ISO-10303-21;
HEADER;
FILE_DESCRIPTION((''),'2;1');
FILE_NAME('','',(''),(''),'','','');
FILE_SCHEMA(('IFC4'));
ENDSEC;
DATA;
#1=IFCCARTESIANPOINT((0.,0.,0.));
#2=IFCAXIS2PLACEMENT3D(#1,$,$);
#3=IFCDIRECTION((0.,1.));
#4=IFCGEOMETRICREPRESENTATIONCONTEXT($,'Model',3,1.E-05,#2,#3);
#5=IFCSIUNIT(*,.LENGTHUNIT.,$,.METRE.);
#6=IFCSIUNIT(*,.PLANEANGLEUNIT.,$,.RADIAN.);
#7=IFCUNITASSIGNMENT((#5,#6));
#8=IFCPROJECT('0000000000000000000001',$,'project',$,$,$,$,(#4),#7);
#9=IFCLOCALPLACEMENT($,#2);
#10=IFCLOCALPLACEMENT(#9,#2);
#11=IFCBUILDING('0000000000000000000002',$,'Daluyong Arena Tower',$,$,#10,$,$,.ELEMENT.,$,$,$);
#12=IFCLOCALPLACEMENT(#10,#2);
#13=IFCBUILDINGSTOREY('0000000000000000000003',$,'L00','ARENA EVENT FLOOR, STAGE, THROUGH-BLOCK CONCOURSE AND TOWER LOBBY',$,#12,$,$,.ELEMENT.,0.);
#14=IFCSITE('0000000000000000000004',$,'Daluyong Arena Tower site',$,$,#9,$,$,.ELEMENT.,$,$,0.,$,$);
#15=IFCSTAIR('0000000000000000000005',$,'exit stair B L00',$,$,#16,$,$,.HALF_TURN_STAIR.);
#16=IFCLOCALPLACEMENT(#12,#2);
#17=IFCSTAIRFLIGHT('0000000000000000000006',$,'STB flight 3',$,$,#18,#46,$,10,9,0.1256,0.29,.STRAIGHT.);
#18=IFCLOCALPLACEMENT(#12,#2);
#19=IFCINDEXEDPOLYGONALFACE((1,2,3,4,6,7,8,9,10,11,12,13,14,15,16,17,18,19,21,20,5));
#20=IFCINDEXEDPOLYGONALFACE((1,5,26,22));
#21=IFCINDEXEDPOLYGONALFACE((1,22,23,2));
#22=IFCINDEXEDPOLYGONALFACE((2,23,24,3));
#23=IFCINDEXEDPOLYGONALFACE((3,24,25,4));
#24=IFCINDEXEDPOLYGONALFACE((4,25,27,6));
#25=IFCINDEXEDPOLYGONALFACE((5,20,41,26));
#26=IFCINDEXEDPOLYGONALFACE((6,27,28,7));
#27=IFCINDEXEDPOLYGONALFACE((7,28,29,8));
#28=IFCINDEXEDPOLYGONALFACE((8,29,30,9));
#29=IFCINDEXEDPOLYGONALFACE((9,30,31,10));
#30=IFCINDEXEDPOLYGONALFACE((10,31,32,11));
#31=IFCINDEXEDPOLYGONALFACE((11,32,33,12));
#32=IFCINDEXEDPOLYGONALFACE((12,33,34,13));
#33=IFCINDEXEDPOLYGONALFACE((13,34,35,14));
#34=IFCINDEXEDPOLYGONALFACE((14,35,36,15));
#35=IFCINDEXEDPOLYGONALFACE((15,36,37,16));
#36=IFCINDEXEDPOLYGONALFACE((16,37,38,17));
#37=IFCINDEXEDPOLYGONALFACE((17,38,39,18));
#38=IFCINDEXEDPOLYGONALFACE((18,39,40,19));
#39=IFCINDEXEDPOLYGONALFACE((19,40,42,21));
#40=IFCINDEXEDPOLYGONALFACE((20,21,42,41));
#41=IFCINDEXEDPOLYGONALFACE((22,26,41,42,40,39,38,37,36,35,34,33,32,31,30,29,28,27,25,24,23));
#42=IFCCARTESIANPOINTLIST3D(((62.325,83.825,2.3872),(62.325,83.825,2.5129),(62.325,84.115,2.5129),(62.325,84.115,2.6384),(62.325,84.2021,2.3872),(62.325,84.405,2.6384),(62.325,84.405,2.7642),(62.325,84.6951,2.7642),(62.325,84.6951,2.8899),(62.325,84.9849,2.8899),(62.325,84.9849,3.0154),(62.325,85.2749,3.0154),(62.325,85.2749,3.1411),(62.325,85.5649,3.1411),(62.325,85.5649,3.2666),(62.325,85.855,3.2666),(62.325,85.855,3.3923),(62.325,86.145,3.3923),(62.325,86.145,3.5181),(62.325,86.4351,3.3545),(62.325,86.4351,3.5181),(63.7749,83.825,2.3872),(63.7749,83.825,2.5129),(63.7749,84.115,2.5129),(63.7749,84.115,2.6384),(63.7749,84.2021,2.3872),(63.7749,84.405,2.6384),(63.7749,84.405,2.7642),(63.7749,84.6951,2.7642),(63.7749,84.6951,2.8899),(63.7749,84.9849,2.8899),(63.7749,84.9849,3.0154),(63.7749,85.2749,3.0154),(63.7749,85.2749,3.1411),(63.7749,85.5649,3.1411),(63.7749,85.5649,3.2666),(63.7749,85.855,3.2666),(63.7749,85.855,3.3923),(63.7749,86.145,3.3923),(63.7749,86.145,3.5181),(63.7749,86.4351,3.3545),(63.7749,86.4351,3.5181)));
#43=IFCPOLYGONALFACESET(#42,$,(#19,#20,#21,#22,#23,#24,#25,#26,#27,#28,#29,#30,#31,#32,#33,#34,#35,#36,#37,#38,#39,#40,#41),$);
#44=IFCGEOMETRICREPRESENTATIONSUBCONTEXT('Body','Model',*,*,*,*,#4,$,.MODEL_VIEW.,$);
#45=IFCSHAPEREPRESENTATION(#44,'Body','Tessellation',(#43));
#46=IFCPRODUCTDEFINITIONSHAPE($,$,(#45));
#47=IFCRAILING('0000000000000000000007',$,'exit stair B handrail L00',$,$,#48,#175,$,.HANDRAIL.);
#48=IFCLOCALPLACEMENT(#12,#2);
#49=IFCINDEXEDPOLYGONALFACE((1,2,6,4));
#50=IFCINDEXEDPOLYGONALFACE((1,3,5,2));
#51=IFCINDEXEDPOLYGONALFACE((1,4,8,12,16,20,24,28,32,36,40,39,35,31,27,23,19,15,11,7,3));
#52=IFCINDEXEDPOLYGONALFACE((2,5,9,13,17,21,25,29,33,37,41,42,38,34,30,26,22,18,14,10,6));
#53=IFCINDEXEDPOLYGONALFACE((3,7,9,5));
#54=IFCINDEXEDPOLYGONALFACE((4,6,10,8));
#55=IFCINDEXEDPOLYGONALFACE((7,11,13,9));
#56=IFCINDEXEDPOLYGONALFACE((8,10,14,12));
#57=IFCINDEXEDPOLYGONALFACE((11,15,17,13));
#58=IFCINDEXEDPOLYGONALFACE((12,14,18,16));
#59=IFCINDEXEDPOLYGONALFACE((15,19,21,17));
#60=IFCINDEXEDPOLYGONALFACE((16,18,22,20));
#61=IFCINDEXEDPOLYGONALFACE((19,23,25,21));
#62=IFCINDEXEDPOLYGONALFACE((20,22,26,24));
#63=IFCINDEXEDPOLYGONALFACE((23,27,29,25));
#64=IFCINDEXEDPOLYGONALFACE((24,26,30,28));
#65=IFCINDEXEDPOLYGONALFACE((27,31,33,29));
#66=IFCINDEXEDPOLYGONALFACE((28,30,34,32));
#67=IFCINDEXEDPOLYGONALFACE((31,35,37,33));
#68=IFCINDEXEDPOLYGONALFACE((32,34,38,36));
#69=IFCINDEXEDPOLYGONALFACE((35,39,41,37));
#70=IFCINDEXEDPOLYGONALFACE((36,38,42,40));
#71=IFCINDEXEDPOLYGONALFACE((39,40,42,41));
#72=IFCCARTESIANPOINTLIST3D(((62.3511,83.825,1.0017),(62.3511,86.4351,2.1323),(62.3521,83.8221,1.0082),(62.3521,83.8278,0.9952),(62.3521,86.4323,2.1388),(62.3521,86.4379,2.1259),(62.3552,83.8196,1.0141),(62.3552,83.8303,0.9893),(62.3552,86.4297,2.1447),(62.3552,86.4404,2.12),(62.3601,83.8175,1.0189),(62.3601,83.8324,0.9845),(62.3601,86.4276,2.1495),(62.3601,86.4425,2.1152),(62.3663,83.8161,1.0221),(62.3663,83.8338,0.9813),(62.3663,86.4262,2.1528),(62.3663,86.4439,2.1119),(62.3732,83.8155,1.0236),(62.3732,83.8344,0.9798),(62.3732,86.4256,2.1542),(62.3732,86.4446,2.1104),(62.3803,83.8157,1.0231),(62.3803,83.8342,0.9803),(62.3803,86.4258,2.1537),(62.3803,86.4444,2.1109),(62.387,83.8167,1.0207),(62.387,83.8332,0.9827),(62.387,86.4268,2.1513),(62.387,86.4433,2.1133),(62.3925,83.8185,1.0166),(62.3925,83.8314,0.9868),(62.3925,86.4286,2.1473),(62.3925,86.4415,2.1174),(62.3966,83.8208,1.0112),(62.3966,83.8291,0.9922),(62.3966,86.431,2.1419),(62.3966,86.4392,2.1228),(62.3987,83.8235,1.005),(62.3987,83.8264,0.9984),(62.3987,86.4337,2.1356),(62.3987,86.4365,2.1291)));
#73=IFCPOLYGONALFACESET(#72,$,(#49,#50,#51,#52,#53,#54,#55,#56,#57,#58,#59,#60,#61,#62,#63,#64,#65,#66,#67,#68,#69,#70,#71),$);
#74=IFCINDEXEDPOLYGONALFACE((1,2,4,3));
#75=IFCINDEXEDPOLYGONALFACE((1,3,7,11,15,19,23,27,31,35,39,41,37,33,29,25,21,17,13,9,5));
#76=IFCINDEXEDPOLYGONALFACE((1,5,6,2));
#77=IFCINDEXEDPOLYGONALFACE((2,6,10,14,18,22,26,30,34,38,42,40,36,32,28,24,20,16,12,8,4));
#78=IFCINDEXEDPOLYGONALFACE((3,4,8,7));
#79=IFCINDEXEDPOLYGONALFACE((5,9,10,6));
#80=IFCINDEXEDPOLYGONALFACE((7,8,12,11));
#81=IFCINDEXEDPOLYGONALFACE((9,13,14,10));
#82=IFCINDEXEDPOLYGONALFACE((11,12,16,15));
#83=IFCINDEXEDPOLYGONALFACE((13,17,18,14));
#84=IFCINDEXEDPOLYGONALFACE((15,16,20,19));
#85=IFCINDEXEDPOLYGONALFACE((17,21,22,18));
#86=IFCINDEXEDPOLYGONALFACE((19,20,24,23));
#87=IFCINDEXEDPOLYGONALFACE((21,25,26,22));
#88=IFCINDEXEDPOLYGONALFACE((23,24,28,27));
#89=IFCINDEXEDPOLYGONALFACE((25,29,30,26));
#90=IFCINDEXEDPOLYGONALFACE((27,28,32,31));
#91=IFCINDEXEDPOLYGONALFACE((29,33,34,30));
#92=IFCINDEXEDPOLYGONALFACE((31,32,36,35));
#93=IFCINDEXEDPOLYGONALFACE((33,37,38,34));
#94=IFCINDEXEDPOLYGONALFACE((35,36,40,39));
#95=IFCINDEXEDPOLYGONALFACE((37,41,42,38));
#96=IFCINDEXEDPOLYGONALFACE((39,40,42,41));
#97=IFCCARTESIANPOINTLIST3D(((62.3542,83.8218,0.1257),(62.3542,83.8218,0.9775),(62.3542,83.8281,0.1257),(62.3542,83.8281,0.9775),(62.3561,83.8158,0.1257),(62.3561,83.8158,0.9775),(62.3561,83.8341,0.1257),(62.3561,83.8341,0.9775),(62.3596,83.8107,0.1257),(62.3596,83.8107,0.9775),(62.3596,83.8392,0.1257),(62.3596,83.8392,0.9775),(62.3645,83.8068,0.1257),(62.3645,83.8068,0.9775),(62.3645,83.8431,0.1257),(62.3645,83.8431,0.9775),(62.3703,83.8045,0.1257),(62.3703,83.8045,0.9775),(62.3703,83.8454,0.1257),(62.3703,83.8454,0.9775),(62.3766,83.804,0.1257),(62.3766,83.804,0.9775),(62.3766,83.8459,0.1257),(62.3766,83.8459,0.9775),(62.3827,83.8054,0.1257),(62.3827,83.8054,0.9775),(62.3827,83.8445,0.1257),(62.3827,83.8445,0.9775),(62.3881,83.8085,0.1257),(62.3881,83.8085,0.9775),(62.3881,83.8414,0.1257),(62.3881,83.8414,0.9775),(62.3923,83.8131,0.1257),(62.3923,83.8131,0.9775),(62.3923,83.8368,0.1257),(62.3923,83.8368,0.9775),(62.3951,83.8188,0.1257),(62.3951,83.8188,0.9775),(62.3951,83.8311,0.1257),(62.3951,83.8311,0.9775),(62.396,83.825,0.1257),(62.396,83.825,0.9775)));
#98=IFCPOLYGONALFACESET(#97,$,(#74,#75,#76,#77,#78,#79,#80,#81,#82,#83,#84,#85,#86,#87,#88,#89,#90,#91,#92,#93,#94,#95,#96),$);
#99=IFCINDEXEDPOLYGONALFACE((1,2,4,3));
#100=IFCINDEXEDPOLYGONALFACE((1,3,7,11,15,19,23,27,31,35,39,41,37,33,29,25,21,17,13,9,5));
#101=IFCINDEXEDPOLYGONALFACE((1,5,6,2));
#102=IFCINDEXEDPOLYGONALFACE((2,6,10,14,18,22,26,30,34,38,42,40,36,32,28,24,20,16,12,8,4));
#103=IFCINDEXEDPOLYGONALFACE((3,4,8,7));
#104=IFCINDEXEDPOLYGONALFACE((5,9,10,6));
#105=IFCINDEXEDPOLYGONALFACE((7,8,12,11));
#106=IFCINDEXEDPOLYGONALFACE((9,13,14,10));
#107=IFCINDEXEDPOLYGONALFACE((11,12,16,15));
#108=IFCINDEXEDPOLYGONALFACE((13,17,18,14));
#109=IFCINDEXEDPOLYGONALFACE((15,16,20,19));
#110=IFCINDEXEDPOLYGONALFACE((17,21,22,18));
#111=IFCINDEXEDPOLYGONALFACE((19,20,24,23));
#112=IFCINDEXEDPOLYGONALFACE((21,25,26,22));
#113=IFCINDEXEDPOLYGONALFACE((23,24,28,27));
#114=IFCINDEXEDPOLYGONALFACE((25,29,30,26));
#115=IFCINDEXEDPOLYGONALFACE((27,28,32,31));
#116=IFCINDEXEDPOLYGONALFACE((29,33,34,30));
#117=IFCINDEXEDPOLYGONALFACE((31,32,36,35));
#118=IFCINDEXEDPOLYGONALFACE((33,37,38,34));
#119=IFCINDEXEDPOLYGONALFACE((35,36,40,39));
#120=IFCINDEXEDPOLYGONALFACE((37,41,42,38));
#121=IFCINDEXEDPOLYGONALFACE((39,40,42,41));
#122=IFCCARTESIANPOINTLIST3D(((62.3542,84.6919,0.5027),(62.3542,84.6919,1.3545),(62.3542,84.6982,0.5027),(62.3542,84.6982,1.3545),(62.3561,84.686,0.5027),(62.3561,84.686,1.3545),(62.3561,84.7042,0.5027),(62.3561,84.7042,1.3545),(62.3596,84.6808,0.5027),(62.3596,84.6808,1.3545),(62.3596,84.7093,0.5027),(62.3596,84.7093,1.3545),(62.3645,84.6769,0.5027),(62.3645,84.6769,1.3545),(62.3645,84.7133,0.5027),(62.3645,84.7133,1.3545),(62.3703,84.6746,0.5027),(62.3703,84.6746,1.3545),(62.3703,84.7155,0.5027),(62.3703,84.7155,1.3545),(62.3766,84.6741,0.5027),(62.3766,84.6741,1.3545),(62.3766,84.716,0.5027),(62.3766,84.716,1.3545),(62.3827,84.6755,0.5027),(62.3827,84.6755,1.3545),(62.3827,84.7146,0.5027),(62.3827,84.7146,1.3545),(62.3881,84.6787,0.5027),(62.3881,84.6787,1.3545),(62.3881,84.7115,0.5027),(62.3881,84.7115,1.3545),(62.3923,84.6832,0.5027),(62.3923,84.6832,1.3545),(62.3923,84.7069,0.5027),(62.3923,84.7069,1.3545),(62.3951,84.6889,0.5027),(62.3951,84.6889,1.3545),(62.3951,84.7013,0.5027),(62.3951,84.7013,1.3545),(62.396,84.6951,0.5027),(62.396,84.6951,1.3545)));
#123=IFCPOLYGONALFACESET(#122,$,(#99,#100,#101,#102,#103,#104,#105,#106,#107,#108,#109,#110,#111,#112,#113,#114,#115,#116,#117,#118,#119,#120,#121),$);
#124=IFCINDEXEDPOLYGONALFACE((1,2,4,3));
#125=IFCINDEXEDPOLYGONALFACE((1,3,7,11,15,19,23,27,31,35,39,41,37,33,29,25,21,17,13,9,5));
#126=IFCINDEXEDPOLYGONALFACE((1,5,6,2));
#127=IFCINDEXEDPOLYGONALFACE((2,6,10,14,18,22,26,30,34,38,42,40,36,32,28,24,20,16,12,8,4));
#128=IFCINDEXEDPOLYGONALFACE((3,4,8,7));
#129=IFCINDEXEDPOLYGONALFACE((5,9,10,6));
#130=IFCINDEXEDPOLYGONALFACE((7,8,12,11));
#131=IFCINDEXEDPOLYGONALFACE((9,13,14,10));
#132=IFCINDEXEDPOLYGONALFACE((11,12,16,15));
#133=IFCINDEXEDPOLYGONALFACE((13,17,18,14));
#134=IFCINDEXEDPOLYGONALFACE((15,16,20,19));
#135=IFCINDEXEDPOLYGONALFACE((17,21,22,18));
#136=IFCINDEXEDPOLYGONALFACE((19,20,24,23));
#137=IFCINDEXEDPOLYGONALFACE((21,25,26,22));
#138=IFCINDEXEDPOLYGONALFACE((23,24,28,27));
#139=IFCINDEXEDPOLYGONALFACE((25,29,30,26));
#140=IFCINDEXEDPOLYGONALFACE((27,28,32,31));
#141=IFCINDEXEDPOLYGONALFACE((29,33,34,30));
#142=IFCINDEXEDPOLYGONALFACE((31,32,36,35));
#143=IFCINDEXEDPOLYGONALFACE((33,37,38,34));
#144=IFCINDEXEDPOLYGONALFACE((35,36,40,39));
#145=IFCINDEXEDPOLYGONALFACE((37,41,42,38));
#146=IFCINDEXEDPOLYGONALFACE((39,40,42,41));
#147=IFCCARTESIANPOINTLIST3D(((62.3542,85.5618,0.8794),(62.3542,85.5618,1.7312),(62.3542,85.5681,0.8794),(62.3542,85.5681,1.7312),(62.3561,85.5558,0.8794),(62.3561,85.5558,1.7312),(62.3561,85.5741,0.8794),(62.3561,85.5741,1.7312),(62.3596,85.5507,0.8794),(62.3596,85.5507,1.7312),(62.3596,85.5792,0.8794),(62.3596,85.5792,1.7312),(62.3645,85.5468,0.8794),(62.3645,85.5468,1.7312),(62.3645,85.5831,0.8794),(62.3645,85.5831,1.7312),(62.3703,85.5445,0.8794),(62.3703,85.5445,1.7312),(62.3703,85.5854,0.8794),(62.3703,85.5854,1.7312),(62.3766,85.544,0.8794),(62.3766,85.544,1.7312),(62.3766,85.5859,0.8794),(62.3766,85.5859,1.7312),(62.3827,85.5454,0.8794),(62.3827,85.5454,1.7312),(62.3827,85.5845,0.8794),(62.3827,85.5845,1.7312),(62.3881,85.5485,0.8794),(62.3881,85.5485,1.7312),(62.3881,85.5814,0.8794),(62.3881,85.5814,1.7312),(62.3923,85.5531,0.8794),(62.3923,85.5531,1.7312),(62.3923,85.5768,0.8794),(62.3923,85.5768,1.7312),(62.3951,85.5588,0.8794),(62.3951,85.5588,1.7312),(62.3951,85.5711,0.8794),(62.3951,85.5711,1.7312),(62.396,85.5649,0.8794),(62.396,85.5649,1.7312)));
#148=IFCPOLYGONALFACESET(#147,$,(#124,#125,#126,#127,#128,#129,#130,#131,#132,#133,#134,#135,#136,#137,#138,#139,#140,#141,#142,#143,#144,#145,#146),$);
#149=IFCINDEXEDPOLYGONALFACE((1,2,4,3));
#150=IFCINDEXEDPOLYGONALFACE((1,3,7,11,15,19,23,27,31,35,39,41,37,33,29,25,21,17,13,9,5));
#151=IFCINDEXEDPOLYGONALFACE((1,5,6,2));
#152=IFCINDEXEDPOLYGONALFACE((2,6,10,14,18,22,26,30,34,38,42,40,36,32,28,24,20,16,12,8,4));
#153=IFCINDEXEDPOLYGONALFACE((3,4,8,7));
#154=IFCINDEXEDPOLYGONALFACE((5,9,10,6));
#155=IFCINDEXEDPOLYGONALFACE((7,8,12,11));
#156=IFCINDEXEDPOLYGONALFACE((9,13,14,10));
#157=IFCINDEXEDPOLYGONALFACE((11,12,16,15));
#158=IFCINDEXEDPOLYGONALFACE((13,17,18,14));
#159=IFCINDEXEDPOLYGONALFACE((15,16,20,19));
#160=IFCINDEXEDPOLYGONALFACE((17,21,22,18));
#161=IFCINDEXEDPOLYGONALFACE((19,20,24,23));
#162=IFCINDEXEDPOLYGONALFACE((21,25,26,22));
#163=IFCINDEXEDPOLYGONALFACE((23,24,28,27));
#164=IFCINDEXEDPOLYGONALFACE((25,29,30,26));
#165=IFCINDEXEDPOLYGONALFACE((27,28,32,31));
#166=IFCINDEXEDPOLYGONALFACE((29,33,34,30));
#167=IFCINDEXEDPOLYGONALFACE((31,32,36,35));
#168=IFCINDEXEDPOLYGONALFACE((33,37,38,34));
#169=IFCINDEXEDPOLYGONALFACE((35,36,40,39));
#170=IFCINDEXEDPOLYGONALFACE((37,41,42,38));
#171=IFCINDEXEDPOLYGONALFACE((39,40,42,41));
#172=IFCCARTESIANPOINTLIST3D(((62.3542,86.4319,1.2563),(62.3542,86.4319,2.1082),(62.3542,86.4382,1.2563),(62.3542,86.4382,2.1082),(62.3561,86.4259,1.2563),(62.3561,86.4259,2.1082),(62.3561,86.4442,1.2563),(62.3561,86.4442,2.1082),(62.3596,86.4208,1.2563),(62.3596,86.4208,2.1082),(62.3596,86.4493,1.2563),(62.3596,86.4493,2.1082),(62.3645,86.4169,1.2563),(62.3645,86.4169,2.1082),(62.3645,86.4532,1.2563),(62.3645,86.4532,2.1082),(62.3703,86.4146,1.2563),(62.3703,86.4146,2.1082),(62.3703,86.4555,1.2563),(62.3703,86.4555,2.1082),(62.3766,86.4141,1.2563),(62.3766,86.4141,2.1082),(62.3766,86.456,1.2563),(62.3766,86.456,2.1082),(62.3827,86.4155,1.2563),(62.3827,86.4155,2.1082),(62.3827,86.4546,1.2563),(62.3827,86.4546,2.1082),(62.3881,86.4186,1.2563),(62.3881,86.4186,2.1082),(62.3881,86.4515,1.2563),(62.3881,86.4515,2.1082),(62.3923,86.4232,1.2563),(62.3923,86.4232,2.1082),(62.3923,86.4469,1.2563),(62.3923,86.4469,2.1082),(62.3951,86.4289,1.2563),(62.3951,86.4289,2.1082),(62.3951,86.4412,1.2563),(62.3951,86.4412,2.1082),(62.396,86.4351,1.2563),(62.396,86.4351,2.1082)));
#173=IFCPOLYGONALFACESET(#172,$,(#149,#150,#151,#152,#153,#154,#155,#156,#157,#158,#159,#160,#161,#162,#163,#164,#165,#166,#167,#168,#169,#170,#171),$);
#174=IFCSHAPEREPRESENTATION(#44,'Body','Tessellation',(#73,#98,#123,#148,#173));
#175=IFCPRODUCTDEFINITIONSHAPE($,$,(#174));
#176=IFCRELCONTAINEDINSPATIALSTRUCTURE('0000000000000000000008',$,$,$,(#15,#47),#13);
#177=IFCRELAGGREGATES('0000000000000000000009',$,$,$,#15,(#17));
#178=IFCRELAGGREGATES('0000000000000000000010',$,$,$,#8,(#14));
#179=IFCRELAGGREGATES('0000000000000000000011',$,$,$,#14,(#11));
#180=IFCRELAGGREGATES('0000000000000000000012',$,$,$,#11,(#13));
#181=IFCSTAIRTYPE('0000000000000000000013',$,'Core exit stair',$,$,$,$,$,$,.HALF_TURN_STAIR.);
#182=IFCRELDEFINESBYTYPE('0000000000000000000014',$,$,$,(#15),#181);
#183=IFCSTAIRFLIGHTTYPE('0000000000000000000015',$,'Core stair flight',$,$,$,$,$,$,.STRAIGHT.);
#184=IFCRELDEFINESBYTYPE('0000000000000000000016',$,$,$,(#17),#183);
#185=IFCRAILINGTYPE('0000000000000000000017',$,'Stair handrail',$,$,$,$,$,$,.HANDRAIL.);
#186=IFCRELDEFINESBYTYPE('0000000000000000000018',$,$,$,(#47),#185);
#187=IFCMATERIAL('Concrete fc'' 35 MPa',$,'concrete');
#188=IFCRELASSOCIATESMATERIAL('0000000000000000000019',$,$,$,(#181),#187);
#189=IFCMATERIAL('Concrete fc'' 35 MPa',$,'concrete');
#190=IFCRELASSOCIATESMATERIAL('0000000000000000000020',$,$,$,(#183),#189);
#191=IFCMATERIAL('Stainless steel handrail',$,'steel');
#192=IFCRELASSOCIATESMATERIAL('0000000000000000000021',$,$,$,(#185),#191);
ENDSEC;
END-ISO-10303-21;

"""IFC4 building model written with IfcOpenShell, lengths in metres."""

from ifc_helpers import new_model, si_unit, direction, frame, origin, origin_2d, place, context, subcontext, project, spatial, polyline, circle, outline, extrude, material, type_object, element, aggregate, save


model = new_model("IFC4")

# Units and contexts
model_context = context("Model", 3, precision=1e-05, world=origin(), true_north=direction((0.0, 1.0)))
body_context = subcontext(model_context, "Body", "Model", "MODEL_VIEW")
ifc_project = project(units=[si_unit("LENGTHUNIT", "METRE"), si_unit("PLANEANGLEUNIT", "RADIAN")], contexts=[model_context])

# Site, building, storey
site_placement = place(None, origin())
site = spatial("IfcSite", under=ifc_project, at=site_placement, Name="Daluyong Arena Tower site", CompositionType="ELEMENT", RefElevation=0.0)
building_placement = place(site_placement, origin())
building = spatial("IfcBuilding", under=site, at=building_placement, Name="Daluyong Arena Tower", CompositionType="ELEMENT")
storey_placement = place(building_placement, origin())
storey = spatial("IfcBuildingStorey", under=building, at=storey_placement, Name="L00", Description="ARENA EVENT FLOOR, STAGE, THROUGH-BLOCK CONCOURSE AND TOWER LOBBY", CompositionType="ELEMENT", Elevation=0.0)

# Stair, stair flight
ifc_material_1 = material(Name="Concrete fc' 35 MPa", Category="concrete")
stair_type = type_object("IfcStairType", Name="Core exit stair", PredefinedType="HALF_TURN_STAIR", material=ifc_material_1)
stair_placement = place(storey_placement, origin())
stair = element("IfcStair", 1, at=stair_placement, inside=storey, type_object=stair_type, Name="exit stair B L00", PredefinedType="HALF_TURN_STAIR")
ifc_material_2 = material(Name="Concrete fc' 35 MPa", Category="concrete")
stair_flight_type = type_object("IfcStairFlightType", Name="Core stair flight", PredefinedType="STRAIGHT", material=ifc_material_2)
stair_flight_1_placement = place(storey_placement, frame((63.05, 83.825, 2.3872), z_axis=(0.0, 0.0, 1.0), x_axis=(0.0, 1.0, 0.0)))
stair_flight_1 = element("IfcStairFlight", 2, at=stair_flight_1_placement, type_object=stair_flight_type, Name="STB flight 3", NumberOfRisers=10, NumberOfTreads=9, PredefinedType="STRAIGHT", RiserHeight=0.1256, TreadLength=0.29, context=body_context, shape_type="SweptSolid", body=[
    extrude(outline(polyline([(0.0, 0.0), (0.0, 0.1257), (0.29, 0.1257), (0.29, 0.2512), (0.5801, 0.2512), (0.5801, 0.377), (0.8701, 0.377), (0.8701, 0.5027), (1.1599, 0.5027), (1.1599, 0.6282), (1.45, 0.6282), (1.45, 0.7539), (1.74, 0.7539), (1.74, 0.8794), (2.03, 0.8794), (2.03, 1.0051), (2.3201, 1.0051), (2.3201, 1.1309), (2.6101, 1.1309), (2.6101, 1.2563), (2.6101, 0.9673), (0.3772, 0.0), (0.0, 0.0)])), frame((0.0, 0.7251, 0.0), z_axis=(0.0, -1.0, 0.0), x_axis=(1.0, 0.0, 0.0)), (0.0, 0.0, 1.0), 1.45),
])
aggregate(stair, [stair_flight_1])

# Railing
ifc_material_3 = material(Name="Stainless steel handrail", Category="steel")
railing_type_1 = type_object("IfcRailingType", Name="Stair handrail", PredefinedType="HANDRAIL", material=ifc_material_3)
railing_1_placement = place(storey_placement, frame((62.375, 83.825, 0.1257)))
element("IfcRailing", 3, at=railing_1_placement, inside=storey, type_object=railing_type_1, Name="exit stair B handrail L00", PredefinedType="HANDRAIL", context=body_context, shape_type="SweptSolid", body=[
    extrude(circle(Radius=0.0239, at=origin_2d()), frame((0.0, 0.0, 0.876), z_axis=(0.0, 0.917611, 0.39748), x_axis=(-1.0, 0.0, 0.0)), (0.0, 0.0, 1.0), 2.8445),
    extrude(circle(Radius=0.021, at=origin_2d()), origin(), (0.0, 0.0, 1.0), 0.8518),
    extrude(circle(Radius=0.021, at=origin_2d()), frame((0.0, 0.8701, 0.377)), (0.0, 0.0, 1.0), 0.8518),
    extrude(circle(Radius=0.021, at=origin_2d()), frame((0.0, 1.74, 0.7537)), (0.0, 0.0, 1.0), 0.8518),
    extrude(circle(Radius=0.021, at=origin_2d()), frame((0.0, 2.6101, 1.1306)), (0.0, 0.0, 1.0), 0.8518),
])

save(model, "model.ifc")
